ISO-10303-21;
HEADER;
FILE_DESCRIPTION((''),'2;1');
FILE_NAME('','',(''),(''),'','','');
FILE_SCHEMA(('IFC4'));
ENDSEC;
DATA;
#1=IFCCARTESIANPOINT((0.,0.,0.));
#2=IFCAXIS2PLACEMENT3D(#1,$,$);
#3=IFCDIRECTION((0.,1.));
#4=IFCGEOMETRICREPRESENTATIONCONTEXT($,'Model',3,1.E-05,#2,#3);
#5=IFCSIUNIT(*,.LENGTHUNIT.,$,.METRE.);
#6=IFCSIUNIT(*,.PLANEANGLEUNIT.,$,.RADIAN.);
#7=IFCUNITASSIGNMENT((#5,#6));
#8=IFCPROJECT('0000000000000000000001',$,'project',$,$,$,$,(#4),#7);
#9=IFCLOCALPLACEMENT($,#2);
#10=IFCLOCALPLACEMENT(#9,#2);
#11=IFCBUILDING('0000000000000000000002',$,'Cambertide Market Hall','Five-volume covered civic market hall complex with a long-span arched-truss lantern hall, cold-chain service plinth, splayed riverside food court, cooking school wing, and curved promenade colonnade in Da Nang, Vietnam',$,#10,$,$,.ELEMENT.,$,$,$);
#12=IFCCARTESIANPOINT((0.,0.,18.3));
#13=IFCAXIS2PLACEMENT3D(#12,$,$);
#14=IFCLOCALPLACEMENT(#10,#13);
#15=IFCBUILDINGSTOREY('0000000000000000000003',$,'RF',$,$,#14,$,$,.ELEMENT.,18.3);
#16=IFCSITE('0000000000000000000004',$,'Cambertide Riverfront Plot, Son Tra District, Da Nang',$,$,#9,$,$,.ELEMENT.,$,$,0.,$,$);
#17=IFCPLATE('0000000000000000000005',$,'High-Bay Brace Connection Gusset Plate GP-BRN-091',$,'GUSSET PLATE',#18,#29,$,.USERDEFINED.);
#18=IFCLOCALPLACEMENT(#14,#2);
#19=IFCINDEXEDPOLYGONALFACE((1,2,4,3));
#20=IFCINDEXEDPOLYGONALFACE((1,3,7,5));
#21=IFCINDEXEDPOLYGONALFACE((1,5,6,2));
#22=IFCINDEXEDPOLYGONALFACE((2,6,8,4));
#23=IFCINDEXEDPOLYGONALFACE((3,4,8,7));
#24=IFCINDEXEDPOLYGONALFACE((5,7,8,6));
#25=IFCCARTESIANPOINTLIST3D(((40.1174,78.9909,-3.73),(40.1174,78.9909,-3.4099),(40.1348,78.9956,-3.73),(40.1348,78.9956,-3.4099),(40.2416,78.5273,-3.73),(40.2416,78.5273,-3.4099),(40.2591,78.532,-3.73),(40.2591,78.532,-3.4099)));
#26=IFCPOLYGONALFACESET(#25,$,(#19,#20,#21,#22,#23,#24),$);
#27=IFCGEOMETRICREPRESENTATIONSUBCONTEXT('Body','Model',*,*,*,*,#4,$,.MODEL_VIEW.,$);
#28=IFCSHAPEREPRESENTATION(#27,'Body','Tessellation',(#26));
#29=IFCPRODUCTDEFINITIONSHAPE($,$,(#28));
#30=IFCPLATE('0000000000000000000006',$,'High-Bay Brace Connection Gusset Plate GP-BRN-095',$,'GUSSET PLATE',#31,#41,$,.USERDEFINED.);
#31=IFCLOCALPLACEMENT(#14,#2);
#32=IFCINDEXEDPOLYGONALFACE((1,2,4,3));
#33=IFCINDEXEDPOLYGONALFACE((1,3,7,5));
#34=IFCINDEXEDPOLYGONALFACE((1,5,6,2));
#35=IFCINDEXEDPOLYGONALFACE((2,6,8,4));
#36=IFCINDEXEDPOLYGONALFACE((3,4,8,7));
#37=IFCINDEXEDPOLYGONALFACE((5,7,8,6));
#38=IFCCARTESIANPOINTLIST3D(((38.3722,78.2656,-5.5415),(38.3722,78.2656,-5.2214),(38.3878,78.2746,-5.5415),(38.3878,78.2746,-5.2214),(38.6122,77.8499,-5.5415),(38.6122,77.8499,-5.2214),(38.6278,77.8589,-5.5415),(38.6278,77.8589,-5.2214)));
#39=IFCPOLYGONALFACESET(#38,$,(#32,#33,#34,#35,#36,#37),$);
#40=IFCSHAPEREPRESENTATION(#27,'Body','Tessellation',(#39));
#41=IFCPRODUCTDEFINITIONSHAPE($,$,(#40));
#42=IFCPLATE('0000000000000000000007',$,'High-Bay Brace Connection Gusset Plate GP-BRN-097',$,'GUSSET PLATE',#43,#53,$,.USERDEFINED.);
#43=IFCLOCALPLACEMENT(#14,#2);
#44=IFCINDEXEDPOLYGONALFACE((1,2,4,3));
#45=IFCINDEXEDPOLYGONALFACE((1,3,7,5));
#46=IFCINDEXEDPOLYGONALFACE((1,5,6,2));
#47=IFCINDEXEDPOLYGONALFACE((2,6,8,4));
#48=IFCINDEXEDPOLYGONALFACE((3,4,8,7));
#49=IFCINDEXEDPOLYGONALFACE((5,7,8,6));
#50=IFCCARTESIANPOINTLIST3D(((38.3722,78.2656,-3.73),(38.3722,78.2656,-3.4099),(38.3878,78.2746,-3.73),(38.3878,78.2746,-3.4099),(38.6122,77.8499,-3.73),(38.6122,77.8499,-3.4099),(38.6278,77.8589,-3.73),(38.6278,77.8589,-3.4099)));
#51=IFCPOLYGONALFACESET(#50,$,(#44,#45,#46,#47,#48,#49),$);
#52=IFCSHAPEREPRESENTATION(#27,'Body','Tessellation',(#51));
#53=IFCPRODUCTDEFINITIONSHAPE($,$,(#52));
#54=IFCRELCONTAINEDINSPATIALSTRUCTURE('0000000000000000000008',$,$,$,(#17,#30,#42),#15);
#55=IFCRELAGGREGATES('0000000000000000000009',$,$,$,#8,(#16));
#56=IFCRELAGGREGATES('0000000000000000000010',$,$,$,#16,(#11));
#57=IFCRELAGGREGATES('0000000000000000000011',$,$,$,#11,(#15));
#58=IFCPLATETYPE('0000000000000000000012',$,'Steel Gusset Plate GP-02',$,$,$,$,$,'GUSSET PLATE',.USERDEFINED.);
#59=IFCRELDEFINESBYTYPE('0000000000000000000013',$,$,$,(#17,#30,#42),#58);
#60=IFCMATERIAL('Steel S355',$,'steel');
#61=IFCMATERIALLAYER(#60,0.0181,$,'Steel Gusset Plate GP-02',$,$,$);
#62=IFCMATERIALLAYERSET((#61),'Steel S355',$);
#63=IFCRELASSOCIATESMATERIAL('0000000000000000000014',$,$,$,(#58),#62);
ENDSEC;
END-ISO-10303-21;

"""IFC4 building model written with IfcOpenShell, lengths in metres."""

from ifc_helpers import new_model, si_unit, direction, frame, origin, origin_2d, place, context, subcontext, project, spatial, rectangle, extrude, material, layer, layer_set, type_object, element, save


model = new_model("IFC4")

# Units and contexts
model_context = context("Model", 3, precision=1e-05, world=origin(), true_north=direction((0.0, 1.0)))
body_context = subcontext(model_context, "Body", "Model", "MODEL_VIEW")
ifc_project = project(units=[si_unit("LENGTHUNIT", "METRE"), si_unit("PLANEANGLEUNIT", "RADIAN")], contexts=[model_context])

# Site, building, storey
site_placement = place(None, origin())
site = spatial("IfcSite", under=ifc_project, at=site_placement, Name="Cambertide Riverfront Plot, Son Tra District, Da Nang", CompositionType="ELEMENT", RefElevation=0.0)
building_placement = place(site_placement, origin())
building = spatial("IfcBuilding", under=site, at=building_placement, Name="Cambertide Market Hall", Description="Five-volume covered civic market hall complex with a long-span arched-truss lantern hall, cold-chain service plinth, splayed riverside food court, cooking school wing, and curved promenade colonnade in Da Nang, Vietnam", CompositionType="ELEMENT")
storey_placement = place(building_placement, frame((0.0, 0.0, 18.3)))
storey = spatial("IfcBuildingStorey", under=building, at=storey_placement, Name="RF", CompositionType="ELEMENT", Elevation=18.3)

# Plates
ifc_material_1 = material(Name="Steel S355", Category="steel")
ifc_layer = layer(ifc_material_1, 0.0181, Name="Steel Gusset Plate GP-02")
ifc_layer_set = layer_set([ifc_layer], Name="Steel S355")
plate_type = type_object("IfcPlateType", Name="Steel Gusset Plate GP-02", ElementType="GUSSET PLATE", PredefinedType="USERDEFINED", material=ifc_layer_set)
for number, where, z_axis, x_axis, name in (
    (1, (40.1882, 78.7615, -3.73), (0.0, 0.0, 1.0), (0.258819, -0.965926, 0.0), "High-Bay Brace Connection Gusset Plate GP-BRN-091"),
    (2, (38.5, 78.0623, -5.5415), (0.0, 0.0, 1.0), (0.5, -0.866025, 0.0), "High-Bay Brace Connection Gusset Plate GP-BRN-095"),
    (3, (38.5, 78.0623, -3.73), (0.0, 0.0, 1.0), (0.5, -0.866025, 0.0), "High-Bay Brace Connection Gusset Plate GP-BRN-097"),
):
    element("IfcPlate", number, at=place(storey_placement, frame(where, z_axis=z_axis, x_axis=x_axis)), inside=storey, type_object=plate_type, Name=name, ObjectType="GUSSET PLATE", PredefinedType="USERDEFINED", context=body_context, shape_type="SweptSolid", body=[
        extrude(rectangle(XDim=0.48, YDim=0.0181, at=origin_2d()), origin(), (0.0, 0.0, 1.0), 0.3201),
    ])

save(model, "model.ifc")
